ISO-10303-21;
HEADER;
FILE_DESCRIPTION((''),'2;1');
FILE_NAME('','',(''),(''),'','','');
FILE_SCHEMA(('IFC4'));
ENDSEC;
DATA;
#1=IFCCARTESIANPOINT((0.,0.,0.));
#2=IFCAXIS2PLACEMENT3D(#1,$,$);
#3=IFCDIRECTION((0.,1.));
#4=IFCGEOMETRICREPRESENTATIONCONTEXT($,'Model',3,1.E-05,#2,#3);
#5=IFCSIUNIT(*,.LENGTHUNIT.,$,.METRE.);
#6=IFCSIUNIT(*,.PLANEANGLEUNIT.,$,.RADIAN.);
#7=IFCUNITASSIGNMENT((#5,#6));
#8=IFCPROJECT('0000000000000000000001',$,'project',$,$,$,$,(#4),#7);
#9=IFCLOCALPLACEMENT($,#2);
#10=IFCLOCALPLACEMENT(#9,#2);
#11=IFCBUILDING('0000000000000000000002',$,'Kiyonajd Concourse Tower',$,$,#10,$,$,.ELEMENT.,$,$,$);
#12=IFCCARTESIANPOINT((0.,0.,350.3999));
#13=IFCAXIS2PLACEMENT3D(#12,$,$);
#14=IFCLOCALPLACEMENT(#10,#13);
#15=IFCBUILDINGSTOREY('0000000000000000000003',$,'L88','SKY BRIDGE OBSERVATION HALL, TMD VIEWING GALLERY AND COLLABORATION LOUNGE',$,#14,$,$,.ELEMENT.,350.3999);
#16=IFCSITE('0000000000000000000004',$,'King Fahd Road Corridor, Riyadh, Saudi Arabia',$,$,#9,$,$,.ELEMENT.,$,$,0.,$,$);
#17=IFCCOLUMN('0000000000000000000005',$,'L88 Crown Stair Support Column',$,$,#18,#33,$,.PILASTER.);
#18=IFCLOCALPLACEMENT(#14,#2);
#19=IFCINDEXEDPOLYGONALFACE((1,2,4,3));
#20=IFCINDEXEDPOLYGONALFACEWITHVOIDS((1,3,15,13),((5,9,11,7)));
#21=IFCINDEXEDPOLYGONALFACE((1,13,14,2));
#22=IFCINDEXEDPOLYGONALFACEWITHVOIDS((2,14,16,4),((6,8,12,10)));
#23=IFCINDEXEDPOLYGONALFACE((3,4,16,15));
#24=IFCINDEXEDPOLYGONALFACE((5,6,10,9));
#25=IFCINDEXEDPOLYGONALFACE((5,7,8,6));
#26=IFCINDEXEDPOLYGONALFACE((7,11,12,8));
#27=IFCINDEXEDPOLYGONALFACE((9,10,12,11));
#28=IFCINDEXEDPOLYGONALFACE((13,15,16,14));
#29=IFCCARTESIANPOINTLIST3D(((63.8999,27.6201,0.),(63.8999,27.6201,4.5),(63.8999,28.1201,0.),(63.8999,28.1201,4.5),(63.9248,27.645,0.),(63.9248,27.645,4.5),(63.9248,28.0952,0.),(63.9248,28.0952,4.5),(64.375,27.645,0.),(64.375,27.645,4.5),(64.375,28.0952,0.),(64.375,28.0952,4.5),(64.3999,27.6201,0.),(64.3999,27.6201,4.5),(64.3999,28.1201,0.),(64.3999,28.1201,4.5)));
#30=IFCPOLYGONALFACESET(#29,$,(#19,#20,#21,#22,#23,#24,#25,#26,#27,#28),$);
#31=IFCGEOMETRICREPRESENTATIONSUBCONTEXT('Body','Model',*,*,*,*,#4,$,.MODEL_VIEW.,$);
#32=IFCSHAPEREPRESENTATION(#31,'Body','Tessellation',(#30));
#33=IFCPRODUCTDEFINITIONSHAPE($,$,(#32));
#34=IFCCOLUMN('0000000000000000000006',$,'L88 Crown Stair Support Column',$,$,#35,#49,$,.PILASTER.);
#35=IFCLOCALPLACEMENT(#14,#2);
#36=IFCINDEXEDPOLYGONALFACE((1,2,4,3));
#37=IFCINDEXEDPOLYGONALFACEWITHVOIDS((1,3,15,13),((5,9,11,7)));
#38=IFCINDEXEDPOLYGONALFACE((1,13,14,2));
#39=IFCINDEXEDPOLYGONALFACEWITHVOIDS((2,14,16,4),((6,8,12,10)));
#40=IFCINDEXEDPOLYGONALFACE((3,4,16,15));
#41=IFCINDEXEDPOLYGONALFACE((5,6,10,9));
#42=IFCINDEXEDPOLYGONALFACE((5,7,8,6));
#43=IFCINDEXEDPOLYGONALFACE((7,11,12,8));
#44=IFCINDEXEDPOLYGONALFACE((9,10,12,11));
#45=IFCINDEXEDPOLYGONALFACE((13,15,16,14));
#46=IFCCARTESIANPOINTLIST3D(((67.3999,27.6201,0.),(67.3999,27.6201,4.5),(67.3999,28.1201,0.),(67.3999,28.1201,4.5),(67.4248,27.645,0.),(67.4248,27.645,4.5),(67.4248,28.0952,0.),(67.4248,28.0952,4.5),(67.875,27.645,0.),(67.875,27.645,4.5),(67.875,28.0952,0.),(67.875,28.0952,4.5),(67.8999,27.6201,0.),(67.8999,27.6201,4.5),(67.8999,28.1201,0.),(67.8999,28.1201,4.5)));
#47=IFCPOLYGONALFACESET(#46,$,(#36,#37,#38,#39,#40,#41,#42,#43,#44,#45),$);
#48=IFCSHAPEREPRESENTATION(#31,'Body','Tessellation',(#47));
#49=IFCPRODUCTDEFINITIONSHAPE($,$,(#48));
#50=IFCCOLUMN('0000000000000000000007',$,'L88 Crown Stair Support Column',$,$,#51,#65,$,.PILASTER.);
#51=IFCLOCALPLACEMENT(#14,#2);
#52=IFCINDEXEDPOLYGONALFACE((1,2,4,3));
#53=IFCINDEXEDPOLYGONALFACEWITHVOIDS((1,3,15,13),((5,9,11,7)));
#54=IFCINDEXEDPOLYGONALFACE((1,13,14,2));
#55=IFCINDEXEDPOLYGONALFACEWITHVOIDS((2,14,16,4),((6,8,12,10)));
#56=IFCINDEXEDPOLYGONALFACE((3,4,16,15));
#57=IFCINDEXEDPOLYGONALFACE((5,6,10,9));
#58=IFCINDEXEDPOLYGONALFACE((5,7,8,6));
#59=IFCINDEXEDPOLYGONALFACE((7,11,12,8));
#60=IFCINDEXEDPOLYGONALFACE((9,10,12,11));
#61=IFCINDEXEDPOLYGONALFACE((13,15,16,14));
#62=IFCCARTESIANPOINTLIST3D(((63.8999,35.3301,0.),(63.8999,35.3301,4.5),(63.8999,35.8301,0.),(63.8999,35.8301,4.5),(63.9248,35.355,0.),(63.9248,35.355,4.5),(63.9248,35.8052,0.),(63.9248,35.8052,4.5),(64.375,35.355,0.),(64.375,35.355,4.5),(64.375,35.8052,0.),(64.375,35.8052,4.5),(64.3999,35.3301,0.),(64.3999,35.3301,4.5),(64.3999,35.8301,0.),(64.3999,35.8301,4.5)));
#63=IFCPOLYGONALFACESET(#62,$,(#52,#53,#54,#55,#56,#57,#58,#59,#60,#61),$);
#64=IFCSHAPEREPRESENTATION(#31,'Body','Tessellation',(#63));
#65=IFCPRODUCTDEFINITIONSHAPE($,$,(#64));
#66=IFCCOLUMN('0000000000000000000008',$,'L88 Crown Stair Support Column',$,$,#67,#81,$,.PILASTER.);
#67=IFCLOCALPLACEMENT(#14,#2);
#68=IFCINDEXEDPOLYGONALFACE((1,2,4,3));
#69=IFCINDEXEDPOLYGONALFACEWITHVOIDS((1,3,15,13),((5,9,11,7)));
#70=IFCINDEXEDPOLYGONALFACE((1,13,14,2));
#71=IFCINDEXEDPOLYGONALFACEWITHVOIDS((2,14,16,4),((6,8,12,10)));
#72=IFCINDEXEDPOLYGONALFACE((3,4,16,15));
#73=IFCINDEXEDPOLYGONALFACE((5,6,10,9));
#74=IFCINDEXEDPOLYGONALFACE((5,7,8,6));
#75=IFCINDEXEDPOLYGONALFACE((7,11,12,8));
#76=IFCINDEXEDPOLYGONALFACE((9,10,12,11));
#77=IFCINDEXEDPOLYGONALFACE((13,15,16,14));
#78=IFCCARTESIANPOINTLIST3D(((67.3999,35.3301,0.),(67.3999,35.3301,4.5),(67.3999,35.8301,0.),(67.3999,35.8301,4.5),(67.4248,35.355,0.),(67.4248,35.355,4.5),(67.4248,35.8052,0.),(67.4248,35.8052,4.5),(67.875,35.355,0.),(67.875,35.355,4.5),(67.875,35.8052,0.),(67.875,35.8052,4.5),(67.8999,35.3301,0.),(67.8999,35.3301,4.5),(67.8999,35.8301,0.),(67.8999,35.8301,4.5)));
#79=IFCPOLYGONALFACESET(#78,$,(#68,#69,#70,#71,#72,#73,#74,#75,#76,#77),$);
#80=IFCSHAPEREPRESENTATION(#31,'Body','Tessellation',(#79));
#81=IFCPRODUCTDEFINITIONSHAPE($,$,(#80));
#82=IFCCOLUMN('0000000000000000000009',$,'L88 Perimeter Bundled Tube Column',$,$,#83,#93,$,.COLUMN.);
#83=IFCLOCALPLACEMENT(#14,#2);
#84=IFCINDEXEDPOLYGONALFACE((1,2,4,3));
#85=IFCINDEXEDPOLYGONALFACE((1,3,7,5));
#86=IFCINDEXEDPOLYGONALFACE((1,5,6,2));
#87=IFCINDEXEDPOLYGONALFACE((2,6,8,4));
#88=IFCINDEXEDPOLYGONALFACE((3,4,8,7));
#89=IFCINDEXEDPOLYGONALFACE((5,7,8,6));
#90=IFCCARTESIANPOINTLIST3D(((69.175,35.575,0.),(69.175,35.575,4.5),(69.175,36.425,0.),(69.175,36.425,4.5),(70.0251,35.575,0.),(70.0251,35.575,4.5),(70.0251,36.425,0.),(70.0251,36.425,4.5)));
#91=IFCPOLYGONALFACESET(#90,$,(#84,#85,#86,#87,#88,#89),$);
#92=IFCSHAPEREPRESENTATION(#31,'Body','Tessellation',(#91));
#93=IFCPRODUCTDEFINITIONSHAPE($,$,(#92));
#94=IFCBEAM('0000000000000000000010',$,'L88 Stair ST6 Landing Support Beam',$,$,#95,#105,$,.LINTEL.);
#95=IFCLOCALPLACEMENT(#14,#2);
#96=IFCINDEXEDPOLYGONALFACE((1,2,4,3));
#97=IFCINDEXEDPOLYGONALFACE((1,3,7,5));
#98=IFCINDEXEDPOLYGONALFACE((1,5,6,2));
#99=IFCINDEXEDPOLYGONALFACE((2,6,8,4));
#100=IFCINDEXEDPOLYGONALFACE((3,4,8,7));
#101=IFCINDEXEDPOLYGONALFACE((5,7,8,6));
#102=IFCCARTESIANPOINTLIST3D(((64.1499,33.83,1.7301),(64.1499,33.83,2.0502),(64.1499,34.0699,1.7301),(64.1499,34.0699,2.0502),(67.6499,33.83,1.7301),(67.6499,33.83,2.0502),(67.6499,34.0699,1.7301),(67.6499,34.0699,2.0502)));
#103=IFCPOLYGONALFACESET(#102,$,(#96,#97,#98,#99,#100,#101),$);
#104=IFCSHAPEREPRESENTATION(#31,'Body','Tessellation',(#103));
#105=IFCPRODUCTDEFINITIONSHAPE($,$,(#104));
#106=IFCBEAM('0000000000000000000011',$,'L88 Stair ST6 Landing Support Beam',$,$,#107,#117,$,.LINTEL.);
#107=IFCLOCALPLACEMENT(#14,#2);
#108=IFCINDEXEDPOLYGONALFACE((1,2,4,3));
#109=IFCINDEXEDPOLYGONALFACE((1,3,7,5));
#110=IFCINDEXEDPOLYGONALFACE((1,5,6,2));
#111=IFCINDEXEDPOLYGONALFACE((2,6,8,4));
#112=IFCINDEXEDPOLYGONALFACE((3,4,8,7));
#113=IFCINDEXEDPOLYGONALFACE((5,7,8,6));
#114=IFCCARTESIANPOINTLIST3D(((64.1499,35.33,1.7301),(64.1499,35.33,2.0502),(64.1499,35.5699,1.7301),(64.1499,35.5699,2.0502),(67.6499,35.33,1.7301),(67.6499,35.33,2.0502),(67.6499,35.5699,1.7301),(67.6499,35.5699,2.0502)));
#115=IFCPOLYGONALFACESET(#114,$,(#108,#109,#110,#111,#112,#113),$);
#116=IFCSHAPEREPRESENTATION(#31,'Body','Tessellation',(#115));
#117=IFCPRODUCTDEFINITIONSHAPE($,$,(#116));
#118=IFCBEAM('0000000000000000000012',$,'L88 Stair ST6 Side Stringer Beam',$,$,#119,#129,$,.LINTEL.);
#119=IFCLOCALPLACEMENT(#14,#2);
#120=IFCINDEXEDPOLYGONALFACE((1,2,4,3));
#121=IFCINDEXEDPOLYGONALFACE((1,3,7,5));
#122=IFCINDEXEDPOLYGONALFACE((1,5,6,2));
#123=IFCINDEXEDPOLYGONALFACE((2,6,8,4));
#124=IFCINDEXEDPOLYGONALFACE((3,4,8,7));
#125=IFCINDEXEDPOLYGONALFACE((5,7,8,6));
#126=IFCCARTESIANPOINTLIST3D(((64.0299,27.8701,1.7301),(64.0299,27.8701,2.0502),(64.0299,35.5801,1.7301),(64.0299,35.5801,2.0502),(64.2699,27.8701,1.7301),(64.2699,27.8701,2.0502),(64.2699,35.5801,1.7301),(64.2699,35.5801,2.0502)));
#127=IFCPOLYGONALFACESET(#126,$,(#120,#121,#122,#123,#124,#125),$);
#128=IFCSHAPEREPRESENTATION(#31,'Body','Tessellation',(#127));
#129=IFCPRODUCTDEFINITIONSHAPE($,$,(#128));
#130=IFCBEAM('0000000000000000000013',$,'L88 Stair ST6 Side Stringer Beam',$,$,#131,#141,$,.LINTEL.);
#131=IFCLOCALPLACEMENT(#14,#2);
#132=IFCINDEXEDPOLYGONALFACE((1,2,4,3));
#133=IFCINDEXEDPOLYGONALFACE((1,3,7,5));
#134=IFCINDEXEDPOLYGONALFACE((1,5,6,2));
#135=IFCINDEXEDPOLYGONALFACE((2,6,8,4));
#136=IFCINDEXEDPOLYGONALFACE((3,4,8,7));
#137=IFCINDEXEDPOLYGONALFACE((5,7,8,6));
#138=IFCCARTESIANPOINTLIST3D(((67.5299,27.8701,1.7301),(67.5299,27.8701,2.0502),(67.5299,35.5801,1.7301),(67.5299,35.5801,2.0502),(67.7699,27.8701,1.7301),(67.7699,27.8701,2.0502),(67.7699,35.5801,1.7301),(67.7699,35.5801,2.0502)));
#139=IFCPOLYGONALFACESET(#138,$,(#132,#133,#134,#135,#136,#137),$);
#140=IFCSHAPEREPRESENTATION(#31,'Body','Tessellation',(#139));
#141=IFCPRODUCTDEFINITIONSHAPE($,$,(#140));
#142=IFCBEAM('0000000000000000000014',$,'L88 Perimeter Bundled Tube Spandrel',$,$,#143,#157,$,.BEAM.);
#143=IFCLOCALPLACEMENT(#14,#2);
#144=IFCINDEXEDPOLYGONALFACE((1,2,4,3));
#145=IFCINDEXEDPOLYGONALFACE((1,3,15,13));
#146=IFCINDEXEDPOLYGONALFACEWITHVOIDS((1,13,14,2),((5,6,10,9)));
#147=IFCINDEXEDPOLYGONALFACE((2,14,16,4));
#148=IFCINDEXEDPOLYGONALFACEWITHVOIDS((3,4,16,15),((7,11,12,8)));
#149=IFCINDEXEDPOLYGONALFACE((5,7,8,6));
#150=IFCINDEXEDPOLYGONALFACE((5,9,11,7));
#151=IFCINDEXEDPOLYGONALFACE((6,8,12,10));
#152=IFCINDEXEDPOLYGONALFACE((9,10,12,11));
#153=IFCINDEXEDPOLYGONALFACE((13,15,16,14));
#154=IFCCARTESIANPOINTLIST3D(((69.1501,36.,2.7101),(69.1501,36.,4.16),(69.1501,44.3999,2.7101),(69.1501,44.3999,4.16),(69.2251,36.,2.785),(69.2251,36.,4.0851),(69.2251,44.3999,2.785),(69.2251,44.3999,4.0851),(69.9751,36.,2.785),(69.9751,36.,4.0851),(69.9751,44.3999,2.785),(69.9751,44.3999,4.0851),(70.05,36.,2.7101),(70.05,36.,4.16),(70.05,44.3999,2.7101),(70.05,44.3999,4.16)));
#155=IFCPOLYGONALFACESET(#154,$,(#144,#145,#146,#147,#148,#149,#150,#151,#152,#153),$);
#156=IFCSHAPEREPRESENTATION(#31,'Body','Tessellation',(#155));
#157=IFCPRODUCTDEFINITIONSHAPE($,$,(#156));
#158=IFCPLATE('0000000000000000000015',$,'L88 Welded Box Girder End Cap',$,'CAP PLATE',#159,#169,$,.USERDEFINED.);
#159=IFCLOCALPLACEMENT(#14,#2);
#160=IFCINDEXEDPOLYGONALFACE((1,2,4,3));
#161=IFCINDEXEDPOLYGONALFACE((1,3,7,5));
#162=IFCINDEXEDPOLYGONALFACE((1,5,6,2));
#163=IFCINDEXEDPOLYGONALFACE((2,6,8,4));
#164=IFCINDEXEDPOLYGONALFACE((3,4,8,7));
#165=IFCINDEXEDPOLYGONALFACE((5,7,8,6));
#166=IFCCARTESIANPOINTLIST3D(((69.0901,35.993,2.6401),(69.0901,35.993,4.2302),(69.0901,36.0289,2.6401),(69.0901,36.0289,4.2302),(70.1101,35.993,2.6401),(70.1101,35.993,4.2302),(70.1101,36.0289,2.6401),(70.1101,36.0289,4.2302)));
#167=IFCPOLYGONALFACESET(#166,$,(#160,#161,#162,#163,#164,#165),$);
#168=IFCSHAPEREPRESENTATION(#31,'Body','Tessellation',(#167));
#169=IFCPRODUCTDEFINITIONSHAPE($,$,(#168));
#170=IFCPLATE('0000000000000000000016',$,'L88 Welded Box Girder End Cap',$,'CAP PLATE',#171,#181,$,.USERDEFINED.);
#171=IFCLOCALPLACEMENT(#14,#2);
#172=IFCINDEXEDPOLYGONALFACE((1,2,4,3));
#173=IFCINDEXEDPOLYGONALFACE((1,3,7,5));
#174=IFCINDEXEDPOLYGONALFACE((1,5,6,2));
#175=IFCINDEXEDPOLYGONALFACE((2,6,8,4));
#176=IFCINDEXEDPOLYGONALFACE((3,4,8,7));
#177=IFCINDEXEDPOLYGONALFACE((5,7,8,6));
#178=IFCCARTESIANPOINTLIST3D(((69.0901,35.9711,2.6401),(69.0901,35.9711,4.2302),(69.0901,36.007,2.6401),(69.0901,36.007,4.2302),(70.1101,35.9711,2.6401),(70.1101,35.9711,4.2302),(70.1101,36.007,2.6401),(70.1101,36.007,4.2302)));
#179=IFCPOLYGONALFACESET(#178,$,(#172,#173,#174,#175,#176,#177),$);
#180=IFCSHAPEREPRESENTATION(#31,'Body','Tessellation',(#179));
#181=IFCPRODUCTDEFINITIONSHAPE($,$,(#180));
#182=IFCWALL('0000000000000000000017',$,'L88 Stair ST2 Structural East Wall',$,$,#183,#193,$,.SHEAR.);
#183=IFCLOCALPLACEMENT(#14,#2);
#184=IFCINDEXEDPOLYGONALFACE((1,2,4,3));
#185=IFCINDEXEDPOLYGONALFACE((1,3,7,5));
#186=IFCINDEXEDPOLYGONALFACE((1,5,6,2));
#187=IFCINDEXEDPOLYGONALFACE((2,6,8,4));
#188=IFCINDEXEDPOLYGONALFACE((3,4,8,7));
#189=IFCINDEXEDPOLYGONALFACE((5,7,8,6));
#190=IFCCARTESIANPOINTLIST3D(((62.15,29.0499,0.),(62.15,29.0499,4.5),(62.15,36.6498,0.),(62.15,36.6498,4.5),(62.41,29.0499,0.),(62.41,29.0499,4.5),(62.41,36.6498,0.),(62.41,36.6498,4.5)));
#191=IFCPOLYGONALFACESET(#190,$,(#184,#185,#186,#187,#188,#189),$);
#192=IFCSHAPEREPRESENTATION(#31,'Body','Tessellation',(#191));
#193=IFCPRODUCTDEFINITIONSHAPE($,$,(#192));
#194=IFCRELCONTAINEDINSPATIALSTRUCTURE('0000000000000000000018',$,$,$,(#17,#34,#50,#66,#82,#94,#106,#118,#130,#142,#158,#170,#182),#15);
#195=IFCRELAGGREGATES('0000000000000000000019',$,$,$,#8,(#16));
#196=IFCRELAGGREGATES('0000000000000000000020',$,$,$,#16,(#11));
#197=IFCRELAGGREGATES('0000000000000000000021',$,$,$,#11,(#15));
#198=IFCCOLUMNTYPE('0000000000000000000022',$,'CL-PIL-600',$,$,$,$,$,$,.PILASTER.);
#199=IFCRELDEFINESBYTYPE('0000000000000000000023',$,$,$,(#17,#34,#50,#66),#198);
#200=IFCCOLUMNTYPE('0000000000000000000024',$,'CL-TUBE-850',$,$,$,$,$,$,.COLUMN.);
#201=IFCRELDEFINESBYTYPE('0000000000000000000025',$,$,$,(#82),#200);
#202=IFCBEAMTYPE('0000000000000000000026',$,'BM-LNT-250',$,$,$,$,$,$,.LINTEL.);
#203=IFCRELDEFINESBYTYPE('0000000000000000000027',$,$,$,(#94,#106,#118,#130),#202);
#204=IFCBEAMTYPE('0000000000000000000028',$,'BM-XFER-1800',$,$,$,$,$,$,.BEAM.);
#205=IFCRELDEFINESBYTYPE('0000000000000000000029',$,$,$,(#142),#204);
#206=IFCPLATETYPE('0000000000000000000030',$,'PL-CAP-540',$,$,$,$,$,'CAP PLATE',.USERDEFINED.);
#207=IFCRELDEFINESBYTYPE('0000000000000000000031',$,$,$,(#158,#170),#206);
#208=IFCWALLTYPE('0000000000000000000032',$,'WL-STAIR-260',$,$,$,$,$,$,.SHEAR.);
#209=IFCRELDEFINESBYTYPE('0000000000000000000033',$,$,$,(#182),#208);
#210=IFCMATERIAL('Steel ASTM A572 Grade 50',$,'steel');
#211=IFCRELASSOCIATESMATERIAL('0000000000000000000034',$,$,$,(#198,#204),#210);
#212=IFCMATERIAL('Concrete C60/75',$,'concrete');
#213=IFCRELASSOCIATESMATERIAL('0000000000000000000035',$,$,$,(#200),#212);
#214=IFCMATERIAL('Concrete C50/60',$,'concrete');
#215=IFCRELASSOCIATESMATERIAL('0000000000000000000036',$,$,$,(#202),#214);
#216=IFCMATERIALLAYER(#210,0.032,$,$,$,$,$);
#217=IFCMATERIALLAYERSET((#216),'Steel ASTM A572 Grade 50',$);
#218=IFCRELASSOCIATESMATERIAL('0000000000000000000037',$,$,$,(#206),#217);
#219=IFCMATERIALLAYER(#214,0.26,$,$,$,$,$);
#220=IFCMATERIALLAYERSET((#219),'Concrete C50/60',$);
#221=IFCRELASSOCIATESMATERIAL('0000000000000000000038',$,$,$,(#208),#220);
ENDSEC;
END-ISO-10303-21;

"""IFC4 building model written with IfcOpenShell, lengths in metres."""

from ifc_helpers import new_model, si_unit, direction, frame, frame_2d, origin, origin_2d, place, context, subcontext, project, spatial, rectangle, hollow_rectangle, extrude, material, layer, layer_set, material_profile, profile_set, type_object, element, save


model = new_model("IFC4")

# Units and contexts
model_context = context("Model", 3, precision=1e-05, world=origin(), true_north=direction((0.0, 1.0)))
body_context = subcontext(model_context, "Body", "Model", "MODEL_VIEW")
ifc_project = project(units=[si_unit("LENGTHUNIT", "METRE"), si_unit("PLANEANGLEUNIT", "RADIAN")], contexts=[model_context])

# Site, building, storey
site_placement = place(None, origin())
site = spatial("IfcSite", under=ifc_project, at=site_placement, Name="King Fahd Road Corridor, Riyadh, Saudi Arabia", CompositionType="ELEMENT", RefElevation=0.0)
building_placement = place(site_placement, origin())
building = spatial("IfcBuilding", under=site, at=building_placement, Name="Kiyonajd Concourse Tower", CompositionType="ELEMENT")
storey_placement = place(building_placement, frame((0.0, 0.0, 350.3999)))
storey = spatial("IfcBuildingStorey", under=building, at=storey_placement, Name="L88", Description="SKY BRIDGE OBSERVATION HALL, TMD VIEWING GALLERY AND COLLABORATION LOUNGE", CompositionType="ELEMENT", Elevation=350.3999)

# Columns
ifc_material_1 = material(Name="Steel ASTM A572 Grade 50", Category="steel")
ifc_material_profile_1 = material_profile(ifc_material_1, hollow_rectangle(XDim=0.5, YDim=0.5, WallThickness=0.0249, at=origin_2d()), Name="HSS-500x500x25")
ifc_profile_set_1 = profile_set([ifc_material_profile_1], Name="Steel ASTM A572 Grade 50")
column_type_1 = type_object("IfcColumnType", Name="CL-PIL-600", PredefinedType="PILASTER", material=ifc_profile_set_1)
for number, where, z_axis, x_axis, name in (
    (1, (64.1499, 27.8701, 0.0), (0.0, 0.0, 1.0), (1.0, 0.0, 0.0), "L88 Crown Stair Support Column"),
    (2, (67.6499, 27.8701, 0.0), (0.0, 0.0, 1.0), (1.0, 0.0, 0.0), "L88 Crown Stair Support Column"),
    (3, (64.1499, 35.5801, 0.0), (0.0, 0.0, 1.0), (1.0, 0.0, 0.0), "L88 Crown Stair Support Column"),
    (4, (67.6499, 35.5801, 0.0), (0.0, 0.0, 1.0), (1.0, 0.0, 0.0), "L88 Crown Stair Support Column"),
):
    element("IfcColumn", number, at=place(storey_placement, frame(where, z_axis=z_axis, x_axis=x_axis)), inside=storey, type_object=column_type_1, Name=name, PredefinedType="PILASTER", context=body_context, shape_type="SweptSolid", body=[
        extrude(hollow_rectangle(XDim=0.5, YDim=0.5, WallThickness=0.0249, at=origin_2d()), origin(), (0.0, 0.0, 1.0), 4.5),
    ])
ifc_material_2 = material(Name="Concrete C60/75", Category="concrete")
ifc_material_profile_2 = material_profile(ifc_material_2, rectangle(XDim=0.8501, YDim=0.8501, at=origin_2d()), Name="RC-850x850")
ifc_profile_set_2 = profile_set([ifc_material_profile_2], Name="Concrete C60/75")
column_type_2 = type_object("IfcColumnType", Name="CL-TUBE-850", PredefinedType="COLUMN", material=ifc_profile_set_2)
column_placement = place(storey_placement, frame((69.6001, 36.0, 0.0), z_axis=(0.0, 0.0, 1.0), x_axis=(1.0, 0.0, 0.0)))
element("IfcColumn", 5, at=column_placement, inside=storey, type_object=column_type_2, Name="L88 Perimeter Bundled Tube Column", PredefinedType="COLUMN", context=body_context, shape_type="SweptSolid", body=[
    extrude(rectangle(XDim=0.8501, YDim=0.8501, at=origin_2d()), origin(), (0.0, 0.0, 1.0), 4.5),
])

# Beams
ifc_material_3 = material(Name="Concrete C50/60", Category="concrete")
ifc_material_profile_3 = material_profile(ifc_material_3, rectangle(XDim=0.24, YDim=0.3201, at=origin_2d()), Name="RCBM-240x320")
ifc_profile_set_3 = profile_set([ifc_material_profile_3], Name="Concrete C50/60")
beam_type_1 = type_object("IfcBeamType", Name="BM-LNT-250", PredefinedType="LINTEL", material=ifc_profile_set_3)
for number, where, z_axis, x_axis, name in (
    (6, (64.1499, 33.95, 1.8901), (1.0, 0.0, 0.0), (0.0, 1.0, 0.0), "L88 Stair ST6 Landing Support Beam"),
    (7, (64.1499, 35.45, 1.8901), (1.0, 0.0, 0.0), (0.0, 1.0, 0.0), "L88 Stair ST6 Landing Support Beam"),
):
    element("IfcBeam", number, at=place(storey_placement, frame(where, z_axis=z_axis, x_axis=x_axis)), inside=storey, type_object=beam_type_1, Name=name, PredefinedType="LINTEL", context=body_context, shape_type="SweptSolid", body=[
        extrude(rectangle(XDim=0.24, YDim=0.3201, at=origin_2d()), origin(), (0.0, 0.0, 1.0), 3.5),
    ])
for number, where, z_axis, x_axis, name in (
    (8, (64.1499, 27.8701, 1.8901), (0.0, 1.0, 0.0), (-1.0, 0.0, 0.0), "L88 Stair ST6 Side Stringer Beam"),
    (9, (67.6499, 27.8701, 1.8901), (0.0, 1.0, 0.0), (-1.0, 0.0, 0.0), "L88 Stair ST6 Side Stringer Beam"),
):
    element("IfcBeam", number, at=place(storey_placement, frame(where, z_axis=z_axis, x_axis=x_axis)), inside=storey, type_object=beam_type_1, Name=name, PredefinedType="LINTEL", context=body_context, shape_type="SweptSolid", body=[
        extrude(rectangle(XDim=0.24, YDim=0.3201, at=origin_2d()), origin(), (0.0, 0.0, 1.0), 7.71),
    ])
ifc_material_profile_4 = material_profile(ifc_material_1, hollow_rectangle(XDim=0.8999, YDim=1.45, WallThickness=0.075, at=origin_2d()), Name="BOX-1450x900x75")
ifc_profile_set_4 = profile_set([ifc_material_profile_4], Name="Steel ASTM A572 Grade 50")
beam_type_2 = type_object("IfcBeamType", Name="BM-XFER-1800", PredefinedType="BEAM", material=ifc_profile_set_4)
beam_placement = place(storey_placement, frame((69.6001, 36.0, 3.4351), z_axis=(0.0, 1.0, 0.0), x_axis=(-1.0, 0.0, 0.0)))
element("IfcBeam", 10, at=beam_placement, inside=storey, type_object=beam_type_2, Name="L88 Perimeter Bundled Tube Spandrel", PredefinedType="BEAM", context=body_context, shape_type="SweptSolid", body=[
    extrude(hollow_rectangle(XDim=0.8999, YDim=1.45, WallThickness=0.075, at=origin_2d()), origin(), (0.0, 0.0, 1.0), 8.3999),
])

# Plates
ifc_layer_1 = layer(ifc_material_1, 0.032)
ifc_layer_set_1 = layer_set([ifc_layer_1], Name="Steel ASTM A572 Grade 50")
plate_type = type_object("IfcPlateType", Name="PL-CAP-540", ElementType="CAP PLATE", PredefinedType="USERDEFINED", material=ifc_layer_set_1)
for number, where, z_axis, x_axis, name in (
    (11, (69.6001, 36.011, 2.6401), (0.0, 0.0, 1.0), (0.0, 1.0, 0.0), "L88 Welded Box Girder End Cap"),
    (12, (69.6001, 35.989, 2.6401), (0.0, 0.0, 1.0), (0.0, -1.0, 0.0), "L88 Welded Box Girder End Cap"),
):
    element("IfcPlate", number, at=place(storey_placement, frame(where, z_axis=z_axis, x_axis=x_axis)), inside=storey, type_object=plate_type, Name=name, ObjectType="CAP PLATE", PredefinedType="USERDEFINED", context=body_context, shape_type="SweptSolid", body=[
        extrude(rectangle(XDim=0.0359, YDim=1.02, at=origin_2d()), origin(), (0.0, 0.0, 1.0), 1.5901),
    ])

# Wall
ifc_layer_2 = layer(ifc_material_3, 0.26)
ifc_layer_set_2 = layer_set([ifc_layer_2], Name="Concrete C50/60")
wall_type = type_object("IfcWallType", Name="WL-STAIR-260", PredefinedType="SHEAR", material=ifc_layer_set_2)
wall_1_placement = place(storey_placement, frame((62.28, 29.05, 0.0), z_axis=(0.0, 0.0, 1.0), x_axis=(0.0, 1.0, 0.0)))
element("IfcWall", 13, at=wall_1_placement, inside=storey, type_object=wall_type, Name="L88 Stair ST2 Structural East Wall", PredefinedType="SHEAR", context=body_context, shape_type="SweptSolid", body=[
    extrude(rectangle(XDim=7.5999, YDim=0.26, at=frame_2d((3.7998, 0.0))), origin(), (0.0, 0.0, 1.0), 4.5),
])

save(model, "model.ifc")
